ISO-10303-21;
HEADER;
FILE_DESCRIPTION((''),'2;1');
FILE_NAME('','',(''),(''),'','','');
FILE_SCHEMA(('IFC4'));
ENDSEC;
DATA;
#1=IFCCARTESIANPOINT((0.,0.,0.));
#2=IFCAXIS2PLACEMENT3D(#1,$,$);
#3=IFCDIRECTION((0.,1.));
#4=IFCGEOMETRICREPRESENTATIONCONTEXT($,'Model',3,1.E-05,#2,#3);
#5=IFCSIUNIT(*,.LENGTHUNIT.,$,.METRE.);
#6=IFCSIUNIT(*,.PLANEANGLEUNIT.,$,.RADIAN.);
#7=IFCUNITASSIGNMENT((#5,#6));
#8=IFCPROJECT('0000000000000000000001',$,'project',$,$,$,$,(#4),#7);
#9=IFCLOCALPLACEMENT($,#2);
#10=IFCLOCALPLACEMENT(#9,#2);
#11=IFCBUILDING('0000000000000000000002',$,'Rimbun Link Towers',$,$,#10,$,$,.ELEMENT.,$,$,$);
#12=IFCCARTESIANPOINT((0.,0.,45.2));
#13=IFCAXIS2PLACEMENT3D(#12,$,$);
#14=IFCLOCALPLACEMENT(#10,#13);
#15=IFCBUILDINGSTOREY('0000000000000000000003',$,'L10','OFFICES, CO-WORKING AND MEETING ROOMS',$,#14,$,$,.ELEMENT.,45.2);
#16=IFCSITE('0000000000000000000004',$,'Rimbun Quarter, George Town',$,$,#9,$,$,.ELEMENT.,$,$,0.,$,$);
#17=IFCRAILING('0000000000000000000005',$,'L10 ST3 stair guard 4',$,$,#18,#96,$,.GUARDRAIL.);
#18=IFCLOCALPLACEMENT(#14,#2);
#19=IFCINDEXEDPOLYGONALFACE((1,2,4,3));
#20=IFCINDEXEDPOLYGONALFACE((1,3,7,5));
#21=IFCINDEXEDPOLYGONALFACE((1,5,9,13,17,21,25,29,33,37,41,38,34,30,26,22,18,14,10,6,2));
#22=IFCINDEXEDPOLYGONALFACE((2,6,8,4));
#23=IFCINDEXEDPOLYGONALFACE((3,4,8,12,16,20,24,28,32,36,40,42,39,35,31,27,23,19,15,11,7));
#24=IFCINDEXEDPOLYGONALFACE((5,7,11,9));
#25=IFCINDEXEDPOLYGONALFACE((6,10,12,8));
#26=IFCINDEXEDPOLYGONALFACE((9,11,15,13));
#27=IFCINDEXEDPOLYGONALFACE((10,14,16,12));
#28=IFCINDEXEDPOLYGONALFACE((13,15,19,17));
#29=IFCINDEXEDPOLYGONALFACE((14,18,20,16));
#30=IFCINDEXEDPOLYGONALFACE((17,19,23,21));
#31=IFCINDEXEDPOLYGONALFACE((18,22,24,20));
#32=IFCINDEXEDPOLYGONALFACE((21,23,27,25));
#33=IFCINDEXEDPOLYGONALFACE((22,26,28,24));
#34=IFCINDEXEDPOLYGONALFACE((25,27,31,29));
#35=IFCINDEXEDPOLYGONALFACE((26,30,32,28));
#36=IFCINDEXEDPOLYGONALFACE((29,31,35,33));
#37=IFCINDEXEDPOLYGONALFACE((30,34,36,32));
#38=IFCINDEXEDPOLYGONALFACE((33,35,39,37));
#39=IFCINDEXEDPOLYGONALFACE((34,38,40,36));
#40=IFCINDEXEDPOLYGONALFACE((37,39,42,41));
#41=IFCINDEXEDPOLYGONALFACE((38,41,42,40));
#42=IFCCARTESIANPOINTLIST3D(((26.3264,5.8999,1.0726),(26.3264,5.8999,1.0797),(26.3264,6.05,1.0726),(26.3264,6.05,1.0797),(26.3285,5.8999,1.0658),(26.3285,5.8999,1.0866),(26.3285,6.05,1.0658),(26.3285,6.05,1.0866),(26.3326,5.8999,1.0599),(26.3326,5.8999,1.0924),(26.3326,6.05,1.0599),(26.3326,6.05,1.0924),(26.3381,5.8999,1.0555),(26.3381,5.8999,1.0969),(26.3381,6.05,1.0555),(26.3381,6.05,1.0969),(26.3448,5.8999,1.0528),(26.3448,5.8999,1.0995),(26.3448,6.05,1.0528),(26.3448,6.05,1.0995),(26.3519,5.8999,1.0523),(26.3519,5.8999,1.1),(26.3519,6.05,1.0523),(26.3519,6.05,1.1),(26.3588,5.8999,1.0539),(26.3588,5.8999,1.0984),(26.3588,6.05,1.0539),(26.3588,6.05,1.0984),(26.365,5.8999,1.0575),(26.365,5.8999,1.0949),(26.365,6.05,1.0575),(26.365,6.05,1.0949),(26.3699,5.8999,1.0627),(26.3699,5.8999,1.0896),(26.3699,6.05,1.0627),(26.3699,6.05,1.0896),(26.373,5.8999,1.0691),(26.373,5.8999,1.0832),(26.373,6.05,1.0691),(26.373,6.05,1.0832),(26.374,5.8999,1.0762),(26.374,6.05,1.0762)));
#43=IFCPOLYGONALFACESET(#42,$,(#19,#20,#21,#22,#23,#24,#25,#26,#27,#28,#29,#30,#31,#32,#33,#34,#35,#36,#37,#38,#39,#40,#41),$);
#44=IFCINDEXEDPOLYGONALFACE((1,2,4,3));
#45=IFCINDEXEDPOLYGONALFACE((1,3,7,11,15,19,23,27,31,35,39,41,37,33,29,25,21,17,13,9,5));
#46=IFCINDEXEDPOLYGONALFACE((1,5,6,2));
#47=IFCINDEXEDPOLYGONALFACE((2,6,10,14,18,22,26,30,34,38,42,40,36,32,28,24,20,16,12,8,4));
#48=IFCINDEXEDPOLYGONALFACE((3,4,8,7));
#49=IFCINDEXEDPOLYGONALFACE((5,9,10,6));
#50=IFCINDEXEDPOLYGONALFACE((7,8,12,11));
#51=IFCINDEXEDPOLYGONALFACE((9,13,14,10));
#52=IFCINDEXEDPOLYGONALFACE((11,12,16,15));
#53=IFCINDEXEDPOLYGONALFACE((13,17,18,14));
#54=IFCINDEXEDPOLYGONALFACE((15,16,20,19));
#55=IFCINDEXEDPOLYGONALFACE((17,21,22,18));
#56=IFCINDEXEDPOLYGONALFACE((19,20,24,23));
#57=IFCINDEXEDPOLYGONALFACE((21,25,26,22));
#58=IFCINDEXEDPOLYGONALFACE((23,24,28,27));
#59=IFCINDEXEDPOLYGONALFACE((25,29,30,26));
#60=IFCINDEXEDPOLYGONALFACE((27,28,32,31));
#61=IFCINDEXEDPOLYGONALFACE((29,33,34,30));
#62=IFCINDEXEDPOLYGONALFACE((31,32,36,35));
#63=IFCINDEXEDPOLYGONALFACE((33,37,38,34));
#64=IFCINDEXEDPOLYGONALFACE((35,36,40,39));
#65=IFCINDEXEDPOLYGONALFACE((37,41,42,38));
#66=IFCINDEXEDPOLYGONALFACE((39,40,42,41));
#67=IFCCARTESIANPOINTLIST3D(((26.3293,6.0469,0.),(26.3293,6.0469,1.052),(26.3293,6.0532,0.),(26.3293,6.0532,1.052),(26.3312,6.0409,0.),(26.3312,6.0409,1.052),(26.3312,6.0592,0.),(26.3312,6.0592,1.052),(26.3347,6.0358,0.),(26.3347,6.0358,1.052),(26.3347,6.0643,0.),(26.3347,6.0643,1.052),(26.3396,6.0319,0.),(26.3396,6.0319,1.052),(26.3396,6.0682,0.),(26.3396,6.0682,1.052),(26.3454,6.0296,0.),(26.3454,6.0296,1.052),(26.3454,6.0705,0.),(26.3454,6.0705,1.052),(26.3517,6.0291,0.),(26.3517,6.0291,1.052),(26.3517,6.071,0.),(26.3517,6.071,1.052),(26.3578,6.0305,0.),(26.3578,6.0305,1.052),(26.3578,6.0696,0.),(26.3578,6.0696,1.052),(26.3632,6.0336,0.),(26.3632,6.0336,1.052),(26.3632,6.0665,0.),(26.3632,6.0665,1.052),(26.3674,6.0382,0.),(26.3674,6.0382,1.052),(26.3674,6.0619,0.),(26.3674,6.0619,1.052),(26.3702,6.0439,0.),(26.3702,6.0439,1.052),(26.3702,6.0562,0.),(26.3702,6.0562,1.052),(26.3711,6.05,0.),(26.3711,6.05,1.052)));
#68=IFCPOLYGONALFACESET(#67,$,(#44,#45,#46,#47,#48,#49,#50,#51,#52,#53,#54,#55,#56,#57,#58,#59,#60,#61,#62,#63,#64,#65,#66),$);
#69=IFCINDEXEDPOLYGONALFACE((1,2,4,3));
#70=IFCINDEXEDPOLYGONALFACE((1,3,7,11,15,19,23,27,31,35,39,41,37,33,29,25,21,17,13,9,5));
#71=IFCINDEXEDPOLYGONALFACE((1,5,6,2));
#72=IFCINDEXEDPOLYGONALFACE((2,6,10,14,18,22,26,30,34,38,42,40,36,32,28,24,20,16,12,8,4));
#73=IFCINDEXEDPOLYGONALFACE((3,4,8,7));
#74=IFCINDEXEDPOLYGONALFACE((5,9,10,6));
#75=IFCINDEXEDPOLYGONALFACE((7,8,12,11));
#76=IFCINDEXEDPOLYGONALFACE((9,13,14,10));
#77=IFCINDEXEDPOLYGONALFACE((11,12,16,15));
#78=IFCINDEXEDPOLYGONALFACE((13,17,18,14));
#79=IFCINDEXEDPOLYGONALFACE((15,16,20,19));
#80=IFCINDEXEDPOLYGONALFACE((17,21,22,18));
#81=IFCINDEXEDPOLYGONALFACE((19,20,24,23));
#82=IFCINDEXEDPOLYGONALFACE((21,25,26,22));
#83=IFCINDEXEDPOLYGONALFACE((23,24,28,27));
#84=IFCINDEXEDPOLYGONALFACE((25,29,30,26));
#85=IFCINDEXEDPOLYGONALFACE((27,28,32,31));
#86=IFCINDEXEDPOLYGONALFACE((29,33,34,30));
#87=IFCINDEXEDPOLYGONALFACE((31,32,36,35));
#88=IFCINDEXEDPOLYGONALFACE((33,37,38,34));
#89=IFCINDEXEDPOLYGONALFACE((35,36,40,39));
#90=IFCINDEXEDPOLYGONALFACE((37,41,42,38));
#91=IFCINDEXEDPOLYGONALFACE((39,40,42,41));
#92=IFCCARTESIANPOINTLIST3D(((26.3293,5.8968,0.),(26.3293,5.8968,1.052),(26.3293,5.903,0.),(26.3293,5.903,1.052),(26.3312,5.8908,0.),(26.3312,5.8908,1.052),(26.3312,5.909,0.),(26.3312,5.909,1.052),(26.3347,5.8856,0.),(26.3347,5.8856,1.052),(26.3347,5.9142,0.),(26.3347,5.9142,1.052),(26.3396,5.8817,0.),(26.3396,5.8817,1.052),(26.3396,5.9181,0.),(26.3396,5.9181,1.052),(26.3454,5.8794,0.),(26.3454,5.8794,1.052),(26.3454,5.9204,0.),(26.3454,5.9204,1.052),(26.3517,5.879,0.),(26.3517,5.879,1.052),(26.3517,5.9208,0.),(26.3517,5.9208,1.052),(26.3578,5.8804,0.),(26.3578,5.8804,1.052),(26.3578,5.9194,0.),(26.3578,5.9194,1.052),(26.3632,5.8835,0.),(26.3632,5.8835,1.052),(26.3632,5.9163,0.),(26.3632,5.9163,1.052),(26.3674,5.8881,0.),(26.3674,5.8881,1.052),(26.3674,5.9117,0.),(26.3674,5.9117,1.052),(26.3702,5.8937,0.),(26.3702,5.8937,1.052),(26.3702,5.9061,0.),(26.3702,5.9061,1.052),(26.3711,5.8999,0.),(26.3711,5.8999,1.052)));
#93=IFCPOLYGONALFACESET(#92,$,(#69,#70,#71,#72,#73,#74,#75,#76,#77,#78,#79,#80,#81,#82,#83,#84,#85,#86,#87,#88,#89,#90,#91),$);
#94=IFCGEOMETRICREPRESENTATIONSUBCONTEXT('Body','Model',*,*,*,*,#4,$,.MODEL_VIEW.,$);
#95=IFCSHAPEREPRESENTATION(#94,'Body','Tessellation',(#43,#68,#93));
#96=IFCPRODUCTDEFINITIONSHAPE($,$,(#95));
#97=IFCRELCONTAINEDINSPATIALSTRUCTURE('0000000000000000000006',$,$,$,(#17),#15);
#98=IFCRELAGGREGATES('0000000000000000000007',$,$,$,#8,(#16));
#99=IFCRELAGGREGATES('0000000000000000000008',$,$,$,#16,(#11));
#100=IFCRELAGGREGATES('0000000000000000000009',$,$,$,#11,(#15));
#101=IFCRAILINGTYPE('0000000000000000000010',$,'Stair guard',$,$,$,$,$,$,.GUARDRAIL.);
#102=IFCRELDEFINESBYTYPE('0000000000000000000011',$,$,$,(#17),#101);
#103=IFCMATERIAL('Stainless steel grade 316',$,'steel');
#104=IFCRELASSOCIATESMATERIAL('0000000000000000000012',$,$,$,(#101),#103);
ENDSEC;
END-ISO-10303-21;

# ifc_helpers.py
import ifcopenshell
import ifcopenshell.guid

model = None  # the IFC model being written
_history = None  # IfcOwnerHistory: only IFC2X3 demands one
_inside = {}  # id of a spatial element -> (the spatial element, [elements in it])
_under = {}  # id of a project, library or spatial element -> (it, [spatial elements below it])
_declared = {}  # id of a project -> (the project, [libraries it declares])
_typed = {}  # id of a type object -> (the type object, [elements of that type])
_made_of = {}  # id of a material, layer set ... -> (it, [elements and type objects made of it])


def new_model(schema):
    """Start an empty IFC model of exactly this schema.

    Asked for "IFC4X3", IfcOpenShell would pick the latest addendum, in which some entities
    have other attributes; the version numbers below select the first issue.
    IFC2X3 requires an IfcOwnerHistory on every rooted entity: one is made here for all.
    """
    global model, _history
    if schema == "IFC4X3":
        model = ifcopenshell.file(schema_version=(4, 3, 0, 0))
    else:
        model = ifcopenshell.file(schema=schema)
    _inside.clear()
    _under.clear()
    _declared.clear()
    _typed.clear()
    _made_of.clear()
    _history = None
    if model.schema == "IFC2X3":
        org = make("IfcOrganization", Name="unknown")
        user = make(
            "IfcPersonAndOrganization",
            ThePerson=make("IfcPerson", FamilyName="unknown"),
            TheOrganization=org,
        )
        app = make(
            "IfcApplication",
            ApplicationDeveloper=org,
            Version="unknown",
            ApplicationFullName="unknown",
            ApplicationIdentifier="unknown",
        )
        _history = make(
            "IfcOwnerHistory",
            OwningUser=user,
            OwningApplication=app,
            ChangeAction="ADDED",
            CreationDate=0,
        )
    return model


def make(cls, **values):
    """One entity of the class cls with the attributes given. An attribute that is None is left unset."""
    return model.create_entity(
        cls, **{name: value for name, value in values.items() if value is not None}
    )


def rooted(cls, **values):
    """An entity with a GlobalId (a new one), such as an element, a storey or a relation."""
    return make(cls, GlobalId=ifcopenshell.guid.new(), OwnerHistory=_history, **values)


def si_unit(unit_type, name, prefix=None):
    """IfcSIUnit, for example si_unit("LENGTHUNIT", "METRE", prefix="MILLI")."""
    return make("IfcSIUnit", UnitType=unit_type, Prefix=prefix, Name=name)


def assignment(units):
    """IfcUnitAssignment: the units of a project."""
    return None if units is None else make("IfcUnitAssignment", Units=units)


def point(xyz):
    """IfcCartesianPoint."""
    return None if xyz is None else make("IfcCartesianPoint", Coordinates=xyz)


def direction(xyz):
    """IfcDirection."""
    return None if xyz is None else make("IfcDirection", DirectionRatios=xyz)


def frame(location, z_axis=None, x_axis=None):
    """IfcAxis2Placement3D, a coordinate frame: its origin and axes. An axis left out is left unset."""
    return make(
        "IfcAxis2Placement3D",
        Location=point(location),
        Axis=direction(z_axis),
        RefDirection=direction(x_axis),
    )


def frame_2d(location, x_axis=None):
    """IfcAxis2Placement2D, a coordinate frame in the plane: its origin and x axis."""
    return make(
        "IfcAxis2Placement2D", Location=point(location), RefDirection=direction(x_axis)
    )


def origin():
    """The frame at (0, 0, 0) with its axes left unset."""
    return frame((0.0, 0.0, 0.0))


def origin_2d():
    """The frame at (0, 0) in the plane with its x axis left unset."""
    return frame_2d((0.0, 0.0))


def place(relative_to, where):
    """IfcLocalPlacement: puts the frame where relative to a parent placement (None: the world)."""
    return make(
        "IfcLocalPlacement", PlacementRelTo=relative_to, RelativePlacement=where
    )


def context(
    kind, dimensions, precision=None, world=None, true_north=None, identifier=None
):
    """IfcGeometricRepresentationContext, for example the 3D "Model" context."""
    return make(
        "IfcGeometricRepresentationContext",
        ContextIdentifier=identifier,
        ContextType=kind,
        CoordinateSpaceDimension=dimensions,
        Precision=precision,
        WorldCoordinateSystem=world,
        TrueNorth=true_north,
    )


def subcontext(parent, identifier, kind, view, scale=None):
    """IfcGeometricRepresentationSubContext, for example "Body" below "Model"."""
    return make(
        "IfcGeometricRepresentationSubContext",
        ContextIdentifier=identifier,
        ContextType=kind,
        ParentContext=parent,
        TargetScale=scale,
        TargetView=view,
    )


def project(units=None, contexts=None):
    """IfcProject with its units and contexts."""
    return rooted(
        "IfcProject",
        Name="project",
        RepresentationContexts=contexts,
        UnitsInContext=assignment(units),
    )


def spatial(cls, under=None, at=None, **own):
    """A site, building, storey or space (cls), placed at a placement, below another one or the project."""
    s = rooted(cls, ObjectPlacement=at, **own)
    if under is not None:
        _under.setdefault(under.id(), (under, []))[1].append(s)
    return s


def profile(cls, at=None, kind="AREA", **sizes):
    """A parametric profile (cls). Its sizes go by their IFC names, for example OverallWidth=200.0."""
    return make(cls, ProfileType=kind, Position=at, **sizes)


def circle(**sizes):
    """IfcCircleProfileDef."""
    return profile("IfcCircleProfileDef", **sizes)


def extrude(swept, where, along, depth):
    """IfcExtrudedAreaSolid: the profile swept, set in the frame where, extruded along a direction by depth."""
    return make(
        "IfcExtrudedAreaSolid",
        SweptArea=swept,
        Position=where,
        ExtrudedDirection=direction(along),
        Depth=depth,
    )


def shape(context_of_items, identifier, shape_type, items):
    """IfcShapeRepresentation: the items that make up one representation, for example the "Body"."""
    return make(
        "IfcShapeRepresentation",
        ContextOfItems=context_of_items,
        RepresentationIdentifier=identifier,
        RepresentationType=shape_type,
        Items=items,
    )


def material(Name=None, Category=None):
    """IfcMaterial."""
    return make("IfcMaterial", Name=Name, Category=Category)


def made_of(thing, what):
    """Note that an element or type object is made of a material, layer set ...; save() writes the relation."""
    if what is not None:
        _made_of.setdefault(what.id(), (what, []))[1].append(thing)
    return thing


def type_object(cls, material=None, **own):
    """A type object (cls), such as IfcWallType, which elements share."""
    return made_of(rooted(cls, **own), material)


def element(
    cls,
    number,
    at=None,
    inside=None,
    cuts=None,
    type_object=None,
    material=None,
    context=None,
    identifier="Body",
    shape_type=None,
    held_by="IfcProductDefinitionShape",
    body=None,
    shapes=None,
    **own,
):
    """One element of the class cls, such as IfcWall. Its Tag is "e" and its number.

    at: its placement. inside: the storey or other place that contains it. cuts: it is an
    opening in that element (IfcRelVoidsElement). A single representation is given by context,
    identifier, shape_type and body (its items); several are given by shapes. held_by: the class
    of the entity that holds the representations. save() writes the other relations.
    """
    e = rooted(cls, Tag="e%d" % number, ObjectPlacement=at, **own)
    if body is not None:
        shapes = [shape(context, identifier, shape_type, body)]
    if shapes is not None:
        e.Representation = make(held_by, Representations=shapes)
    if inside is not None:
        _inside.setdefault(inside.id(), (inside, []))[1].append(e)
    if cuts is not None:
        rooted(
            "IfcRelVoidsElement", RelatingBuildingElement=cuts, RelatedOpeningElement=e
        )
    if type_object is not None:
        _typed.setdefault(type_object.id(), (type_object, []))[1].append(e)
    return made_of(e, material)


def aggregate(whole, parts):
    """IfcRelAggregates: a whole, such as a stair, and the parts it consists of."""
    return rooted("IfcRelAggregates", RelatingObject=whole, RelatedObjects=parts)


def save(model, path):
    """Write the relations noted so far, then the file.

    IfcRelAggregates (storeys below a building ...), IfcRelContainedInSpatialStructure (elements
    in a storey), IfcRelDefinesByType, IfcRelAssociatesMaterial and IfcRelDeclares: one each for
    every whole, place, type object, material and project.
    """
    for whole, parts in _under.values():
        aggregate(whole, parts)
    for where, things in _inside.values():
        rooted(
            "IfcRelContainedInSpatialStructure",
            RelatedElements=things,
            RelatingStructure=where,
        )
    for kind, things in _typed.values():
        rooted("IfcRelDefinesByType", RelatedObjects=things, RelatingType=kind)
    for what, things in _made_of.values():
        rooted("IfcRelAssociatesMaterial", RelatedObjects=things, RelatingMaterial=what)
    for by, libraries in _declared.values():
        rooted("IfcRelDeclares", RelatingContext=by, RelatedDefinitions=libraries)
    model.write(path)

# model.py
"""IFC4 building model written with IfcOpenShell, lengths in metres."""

from ifc_helpers import new_model, si_unit, direction, frame, origin, origin_2d, place, context, subcontext, project, spatial, circle, extrude, material, type_object, element, save


model = new_model("IFC4")

# Units and contexts
model_context = context("Model", 3, precision=1e-05, world=origin(), true_north=direction((0.0, 1.0)))
body_context = subcontext(model_context, "Body", "Model", "MODEL_VIEW")
ifc_project = project(units=[si_unit("LENGTHUNIT", "METRE"), si_unit("PLANEANGLEUNIT", "RADIAN")], contexts=[model_context])

# Site, building, storey
site_placement = place(None, origin())
site = spatial("IfcSite", under=ifc_project, at=site_placement, Name="Rimbun Quarter, George Town", CompositionType="ELEMENT", RefElevation=0.0)
building_placement = place(site_placement, origin())
building = spatial("IfcBuilding", under=site, at=building_placement, Name="Rimbun Link Towers", CompositionType="ELEMENT")
storey_placement = place(building_placement, frame((0.0, 0.0, 45.2)))
storey = spatial("IfcBuildingStorey", under=building, at=storey_placement, Name="L10", Description="OFFICES, CO-WORKING AND MEETING ROOMS", CompositionType="ELEMENT", Elevation=45.2)

# Railing
ifc_material_1 = material(Name="Stainless steel grade 316", Category="steel")
railing_type_1 = type_object("IfcRailingType", Name="Stair guard", PredefinedType="GUARDRAIL", material=ifc_material_1)
railing_1_placement = place(storey_placement, frame((26.3501, 6.05, 0.0)))
element("IfcRailing", 1, at=railing_1_placement, inside=storey, type_object=railing_type_1, Name="L10 ST3 stair guard 4", PredefinedType="GUARDRAIL", context=body_context, shape_type="SweptSolid", body=[
    extrude(circle(Radius=0.0239, at=origin_2d()), frame((0.0, 0.0, 1.0762), z_axis=(0.0, -1.0, 0.0), x_axis=(1.0, 0.0, 0.0)), (0.0, 0.0, 1.0), 0.1501),
    extrude(circle(Radius=0.021, at=origin_2d()), origin(), (0.0, 0.0, 1.0), 1.052),
    extrude(circle(Radius=0.021, at=origin_2d()), frame((0.0, -0.1501, 0.0)), (0.0, 0.0, 1.0), 1.052),
])

save(model, "model.ifc")
